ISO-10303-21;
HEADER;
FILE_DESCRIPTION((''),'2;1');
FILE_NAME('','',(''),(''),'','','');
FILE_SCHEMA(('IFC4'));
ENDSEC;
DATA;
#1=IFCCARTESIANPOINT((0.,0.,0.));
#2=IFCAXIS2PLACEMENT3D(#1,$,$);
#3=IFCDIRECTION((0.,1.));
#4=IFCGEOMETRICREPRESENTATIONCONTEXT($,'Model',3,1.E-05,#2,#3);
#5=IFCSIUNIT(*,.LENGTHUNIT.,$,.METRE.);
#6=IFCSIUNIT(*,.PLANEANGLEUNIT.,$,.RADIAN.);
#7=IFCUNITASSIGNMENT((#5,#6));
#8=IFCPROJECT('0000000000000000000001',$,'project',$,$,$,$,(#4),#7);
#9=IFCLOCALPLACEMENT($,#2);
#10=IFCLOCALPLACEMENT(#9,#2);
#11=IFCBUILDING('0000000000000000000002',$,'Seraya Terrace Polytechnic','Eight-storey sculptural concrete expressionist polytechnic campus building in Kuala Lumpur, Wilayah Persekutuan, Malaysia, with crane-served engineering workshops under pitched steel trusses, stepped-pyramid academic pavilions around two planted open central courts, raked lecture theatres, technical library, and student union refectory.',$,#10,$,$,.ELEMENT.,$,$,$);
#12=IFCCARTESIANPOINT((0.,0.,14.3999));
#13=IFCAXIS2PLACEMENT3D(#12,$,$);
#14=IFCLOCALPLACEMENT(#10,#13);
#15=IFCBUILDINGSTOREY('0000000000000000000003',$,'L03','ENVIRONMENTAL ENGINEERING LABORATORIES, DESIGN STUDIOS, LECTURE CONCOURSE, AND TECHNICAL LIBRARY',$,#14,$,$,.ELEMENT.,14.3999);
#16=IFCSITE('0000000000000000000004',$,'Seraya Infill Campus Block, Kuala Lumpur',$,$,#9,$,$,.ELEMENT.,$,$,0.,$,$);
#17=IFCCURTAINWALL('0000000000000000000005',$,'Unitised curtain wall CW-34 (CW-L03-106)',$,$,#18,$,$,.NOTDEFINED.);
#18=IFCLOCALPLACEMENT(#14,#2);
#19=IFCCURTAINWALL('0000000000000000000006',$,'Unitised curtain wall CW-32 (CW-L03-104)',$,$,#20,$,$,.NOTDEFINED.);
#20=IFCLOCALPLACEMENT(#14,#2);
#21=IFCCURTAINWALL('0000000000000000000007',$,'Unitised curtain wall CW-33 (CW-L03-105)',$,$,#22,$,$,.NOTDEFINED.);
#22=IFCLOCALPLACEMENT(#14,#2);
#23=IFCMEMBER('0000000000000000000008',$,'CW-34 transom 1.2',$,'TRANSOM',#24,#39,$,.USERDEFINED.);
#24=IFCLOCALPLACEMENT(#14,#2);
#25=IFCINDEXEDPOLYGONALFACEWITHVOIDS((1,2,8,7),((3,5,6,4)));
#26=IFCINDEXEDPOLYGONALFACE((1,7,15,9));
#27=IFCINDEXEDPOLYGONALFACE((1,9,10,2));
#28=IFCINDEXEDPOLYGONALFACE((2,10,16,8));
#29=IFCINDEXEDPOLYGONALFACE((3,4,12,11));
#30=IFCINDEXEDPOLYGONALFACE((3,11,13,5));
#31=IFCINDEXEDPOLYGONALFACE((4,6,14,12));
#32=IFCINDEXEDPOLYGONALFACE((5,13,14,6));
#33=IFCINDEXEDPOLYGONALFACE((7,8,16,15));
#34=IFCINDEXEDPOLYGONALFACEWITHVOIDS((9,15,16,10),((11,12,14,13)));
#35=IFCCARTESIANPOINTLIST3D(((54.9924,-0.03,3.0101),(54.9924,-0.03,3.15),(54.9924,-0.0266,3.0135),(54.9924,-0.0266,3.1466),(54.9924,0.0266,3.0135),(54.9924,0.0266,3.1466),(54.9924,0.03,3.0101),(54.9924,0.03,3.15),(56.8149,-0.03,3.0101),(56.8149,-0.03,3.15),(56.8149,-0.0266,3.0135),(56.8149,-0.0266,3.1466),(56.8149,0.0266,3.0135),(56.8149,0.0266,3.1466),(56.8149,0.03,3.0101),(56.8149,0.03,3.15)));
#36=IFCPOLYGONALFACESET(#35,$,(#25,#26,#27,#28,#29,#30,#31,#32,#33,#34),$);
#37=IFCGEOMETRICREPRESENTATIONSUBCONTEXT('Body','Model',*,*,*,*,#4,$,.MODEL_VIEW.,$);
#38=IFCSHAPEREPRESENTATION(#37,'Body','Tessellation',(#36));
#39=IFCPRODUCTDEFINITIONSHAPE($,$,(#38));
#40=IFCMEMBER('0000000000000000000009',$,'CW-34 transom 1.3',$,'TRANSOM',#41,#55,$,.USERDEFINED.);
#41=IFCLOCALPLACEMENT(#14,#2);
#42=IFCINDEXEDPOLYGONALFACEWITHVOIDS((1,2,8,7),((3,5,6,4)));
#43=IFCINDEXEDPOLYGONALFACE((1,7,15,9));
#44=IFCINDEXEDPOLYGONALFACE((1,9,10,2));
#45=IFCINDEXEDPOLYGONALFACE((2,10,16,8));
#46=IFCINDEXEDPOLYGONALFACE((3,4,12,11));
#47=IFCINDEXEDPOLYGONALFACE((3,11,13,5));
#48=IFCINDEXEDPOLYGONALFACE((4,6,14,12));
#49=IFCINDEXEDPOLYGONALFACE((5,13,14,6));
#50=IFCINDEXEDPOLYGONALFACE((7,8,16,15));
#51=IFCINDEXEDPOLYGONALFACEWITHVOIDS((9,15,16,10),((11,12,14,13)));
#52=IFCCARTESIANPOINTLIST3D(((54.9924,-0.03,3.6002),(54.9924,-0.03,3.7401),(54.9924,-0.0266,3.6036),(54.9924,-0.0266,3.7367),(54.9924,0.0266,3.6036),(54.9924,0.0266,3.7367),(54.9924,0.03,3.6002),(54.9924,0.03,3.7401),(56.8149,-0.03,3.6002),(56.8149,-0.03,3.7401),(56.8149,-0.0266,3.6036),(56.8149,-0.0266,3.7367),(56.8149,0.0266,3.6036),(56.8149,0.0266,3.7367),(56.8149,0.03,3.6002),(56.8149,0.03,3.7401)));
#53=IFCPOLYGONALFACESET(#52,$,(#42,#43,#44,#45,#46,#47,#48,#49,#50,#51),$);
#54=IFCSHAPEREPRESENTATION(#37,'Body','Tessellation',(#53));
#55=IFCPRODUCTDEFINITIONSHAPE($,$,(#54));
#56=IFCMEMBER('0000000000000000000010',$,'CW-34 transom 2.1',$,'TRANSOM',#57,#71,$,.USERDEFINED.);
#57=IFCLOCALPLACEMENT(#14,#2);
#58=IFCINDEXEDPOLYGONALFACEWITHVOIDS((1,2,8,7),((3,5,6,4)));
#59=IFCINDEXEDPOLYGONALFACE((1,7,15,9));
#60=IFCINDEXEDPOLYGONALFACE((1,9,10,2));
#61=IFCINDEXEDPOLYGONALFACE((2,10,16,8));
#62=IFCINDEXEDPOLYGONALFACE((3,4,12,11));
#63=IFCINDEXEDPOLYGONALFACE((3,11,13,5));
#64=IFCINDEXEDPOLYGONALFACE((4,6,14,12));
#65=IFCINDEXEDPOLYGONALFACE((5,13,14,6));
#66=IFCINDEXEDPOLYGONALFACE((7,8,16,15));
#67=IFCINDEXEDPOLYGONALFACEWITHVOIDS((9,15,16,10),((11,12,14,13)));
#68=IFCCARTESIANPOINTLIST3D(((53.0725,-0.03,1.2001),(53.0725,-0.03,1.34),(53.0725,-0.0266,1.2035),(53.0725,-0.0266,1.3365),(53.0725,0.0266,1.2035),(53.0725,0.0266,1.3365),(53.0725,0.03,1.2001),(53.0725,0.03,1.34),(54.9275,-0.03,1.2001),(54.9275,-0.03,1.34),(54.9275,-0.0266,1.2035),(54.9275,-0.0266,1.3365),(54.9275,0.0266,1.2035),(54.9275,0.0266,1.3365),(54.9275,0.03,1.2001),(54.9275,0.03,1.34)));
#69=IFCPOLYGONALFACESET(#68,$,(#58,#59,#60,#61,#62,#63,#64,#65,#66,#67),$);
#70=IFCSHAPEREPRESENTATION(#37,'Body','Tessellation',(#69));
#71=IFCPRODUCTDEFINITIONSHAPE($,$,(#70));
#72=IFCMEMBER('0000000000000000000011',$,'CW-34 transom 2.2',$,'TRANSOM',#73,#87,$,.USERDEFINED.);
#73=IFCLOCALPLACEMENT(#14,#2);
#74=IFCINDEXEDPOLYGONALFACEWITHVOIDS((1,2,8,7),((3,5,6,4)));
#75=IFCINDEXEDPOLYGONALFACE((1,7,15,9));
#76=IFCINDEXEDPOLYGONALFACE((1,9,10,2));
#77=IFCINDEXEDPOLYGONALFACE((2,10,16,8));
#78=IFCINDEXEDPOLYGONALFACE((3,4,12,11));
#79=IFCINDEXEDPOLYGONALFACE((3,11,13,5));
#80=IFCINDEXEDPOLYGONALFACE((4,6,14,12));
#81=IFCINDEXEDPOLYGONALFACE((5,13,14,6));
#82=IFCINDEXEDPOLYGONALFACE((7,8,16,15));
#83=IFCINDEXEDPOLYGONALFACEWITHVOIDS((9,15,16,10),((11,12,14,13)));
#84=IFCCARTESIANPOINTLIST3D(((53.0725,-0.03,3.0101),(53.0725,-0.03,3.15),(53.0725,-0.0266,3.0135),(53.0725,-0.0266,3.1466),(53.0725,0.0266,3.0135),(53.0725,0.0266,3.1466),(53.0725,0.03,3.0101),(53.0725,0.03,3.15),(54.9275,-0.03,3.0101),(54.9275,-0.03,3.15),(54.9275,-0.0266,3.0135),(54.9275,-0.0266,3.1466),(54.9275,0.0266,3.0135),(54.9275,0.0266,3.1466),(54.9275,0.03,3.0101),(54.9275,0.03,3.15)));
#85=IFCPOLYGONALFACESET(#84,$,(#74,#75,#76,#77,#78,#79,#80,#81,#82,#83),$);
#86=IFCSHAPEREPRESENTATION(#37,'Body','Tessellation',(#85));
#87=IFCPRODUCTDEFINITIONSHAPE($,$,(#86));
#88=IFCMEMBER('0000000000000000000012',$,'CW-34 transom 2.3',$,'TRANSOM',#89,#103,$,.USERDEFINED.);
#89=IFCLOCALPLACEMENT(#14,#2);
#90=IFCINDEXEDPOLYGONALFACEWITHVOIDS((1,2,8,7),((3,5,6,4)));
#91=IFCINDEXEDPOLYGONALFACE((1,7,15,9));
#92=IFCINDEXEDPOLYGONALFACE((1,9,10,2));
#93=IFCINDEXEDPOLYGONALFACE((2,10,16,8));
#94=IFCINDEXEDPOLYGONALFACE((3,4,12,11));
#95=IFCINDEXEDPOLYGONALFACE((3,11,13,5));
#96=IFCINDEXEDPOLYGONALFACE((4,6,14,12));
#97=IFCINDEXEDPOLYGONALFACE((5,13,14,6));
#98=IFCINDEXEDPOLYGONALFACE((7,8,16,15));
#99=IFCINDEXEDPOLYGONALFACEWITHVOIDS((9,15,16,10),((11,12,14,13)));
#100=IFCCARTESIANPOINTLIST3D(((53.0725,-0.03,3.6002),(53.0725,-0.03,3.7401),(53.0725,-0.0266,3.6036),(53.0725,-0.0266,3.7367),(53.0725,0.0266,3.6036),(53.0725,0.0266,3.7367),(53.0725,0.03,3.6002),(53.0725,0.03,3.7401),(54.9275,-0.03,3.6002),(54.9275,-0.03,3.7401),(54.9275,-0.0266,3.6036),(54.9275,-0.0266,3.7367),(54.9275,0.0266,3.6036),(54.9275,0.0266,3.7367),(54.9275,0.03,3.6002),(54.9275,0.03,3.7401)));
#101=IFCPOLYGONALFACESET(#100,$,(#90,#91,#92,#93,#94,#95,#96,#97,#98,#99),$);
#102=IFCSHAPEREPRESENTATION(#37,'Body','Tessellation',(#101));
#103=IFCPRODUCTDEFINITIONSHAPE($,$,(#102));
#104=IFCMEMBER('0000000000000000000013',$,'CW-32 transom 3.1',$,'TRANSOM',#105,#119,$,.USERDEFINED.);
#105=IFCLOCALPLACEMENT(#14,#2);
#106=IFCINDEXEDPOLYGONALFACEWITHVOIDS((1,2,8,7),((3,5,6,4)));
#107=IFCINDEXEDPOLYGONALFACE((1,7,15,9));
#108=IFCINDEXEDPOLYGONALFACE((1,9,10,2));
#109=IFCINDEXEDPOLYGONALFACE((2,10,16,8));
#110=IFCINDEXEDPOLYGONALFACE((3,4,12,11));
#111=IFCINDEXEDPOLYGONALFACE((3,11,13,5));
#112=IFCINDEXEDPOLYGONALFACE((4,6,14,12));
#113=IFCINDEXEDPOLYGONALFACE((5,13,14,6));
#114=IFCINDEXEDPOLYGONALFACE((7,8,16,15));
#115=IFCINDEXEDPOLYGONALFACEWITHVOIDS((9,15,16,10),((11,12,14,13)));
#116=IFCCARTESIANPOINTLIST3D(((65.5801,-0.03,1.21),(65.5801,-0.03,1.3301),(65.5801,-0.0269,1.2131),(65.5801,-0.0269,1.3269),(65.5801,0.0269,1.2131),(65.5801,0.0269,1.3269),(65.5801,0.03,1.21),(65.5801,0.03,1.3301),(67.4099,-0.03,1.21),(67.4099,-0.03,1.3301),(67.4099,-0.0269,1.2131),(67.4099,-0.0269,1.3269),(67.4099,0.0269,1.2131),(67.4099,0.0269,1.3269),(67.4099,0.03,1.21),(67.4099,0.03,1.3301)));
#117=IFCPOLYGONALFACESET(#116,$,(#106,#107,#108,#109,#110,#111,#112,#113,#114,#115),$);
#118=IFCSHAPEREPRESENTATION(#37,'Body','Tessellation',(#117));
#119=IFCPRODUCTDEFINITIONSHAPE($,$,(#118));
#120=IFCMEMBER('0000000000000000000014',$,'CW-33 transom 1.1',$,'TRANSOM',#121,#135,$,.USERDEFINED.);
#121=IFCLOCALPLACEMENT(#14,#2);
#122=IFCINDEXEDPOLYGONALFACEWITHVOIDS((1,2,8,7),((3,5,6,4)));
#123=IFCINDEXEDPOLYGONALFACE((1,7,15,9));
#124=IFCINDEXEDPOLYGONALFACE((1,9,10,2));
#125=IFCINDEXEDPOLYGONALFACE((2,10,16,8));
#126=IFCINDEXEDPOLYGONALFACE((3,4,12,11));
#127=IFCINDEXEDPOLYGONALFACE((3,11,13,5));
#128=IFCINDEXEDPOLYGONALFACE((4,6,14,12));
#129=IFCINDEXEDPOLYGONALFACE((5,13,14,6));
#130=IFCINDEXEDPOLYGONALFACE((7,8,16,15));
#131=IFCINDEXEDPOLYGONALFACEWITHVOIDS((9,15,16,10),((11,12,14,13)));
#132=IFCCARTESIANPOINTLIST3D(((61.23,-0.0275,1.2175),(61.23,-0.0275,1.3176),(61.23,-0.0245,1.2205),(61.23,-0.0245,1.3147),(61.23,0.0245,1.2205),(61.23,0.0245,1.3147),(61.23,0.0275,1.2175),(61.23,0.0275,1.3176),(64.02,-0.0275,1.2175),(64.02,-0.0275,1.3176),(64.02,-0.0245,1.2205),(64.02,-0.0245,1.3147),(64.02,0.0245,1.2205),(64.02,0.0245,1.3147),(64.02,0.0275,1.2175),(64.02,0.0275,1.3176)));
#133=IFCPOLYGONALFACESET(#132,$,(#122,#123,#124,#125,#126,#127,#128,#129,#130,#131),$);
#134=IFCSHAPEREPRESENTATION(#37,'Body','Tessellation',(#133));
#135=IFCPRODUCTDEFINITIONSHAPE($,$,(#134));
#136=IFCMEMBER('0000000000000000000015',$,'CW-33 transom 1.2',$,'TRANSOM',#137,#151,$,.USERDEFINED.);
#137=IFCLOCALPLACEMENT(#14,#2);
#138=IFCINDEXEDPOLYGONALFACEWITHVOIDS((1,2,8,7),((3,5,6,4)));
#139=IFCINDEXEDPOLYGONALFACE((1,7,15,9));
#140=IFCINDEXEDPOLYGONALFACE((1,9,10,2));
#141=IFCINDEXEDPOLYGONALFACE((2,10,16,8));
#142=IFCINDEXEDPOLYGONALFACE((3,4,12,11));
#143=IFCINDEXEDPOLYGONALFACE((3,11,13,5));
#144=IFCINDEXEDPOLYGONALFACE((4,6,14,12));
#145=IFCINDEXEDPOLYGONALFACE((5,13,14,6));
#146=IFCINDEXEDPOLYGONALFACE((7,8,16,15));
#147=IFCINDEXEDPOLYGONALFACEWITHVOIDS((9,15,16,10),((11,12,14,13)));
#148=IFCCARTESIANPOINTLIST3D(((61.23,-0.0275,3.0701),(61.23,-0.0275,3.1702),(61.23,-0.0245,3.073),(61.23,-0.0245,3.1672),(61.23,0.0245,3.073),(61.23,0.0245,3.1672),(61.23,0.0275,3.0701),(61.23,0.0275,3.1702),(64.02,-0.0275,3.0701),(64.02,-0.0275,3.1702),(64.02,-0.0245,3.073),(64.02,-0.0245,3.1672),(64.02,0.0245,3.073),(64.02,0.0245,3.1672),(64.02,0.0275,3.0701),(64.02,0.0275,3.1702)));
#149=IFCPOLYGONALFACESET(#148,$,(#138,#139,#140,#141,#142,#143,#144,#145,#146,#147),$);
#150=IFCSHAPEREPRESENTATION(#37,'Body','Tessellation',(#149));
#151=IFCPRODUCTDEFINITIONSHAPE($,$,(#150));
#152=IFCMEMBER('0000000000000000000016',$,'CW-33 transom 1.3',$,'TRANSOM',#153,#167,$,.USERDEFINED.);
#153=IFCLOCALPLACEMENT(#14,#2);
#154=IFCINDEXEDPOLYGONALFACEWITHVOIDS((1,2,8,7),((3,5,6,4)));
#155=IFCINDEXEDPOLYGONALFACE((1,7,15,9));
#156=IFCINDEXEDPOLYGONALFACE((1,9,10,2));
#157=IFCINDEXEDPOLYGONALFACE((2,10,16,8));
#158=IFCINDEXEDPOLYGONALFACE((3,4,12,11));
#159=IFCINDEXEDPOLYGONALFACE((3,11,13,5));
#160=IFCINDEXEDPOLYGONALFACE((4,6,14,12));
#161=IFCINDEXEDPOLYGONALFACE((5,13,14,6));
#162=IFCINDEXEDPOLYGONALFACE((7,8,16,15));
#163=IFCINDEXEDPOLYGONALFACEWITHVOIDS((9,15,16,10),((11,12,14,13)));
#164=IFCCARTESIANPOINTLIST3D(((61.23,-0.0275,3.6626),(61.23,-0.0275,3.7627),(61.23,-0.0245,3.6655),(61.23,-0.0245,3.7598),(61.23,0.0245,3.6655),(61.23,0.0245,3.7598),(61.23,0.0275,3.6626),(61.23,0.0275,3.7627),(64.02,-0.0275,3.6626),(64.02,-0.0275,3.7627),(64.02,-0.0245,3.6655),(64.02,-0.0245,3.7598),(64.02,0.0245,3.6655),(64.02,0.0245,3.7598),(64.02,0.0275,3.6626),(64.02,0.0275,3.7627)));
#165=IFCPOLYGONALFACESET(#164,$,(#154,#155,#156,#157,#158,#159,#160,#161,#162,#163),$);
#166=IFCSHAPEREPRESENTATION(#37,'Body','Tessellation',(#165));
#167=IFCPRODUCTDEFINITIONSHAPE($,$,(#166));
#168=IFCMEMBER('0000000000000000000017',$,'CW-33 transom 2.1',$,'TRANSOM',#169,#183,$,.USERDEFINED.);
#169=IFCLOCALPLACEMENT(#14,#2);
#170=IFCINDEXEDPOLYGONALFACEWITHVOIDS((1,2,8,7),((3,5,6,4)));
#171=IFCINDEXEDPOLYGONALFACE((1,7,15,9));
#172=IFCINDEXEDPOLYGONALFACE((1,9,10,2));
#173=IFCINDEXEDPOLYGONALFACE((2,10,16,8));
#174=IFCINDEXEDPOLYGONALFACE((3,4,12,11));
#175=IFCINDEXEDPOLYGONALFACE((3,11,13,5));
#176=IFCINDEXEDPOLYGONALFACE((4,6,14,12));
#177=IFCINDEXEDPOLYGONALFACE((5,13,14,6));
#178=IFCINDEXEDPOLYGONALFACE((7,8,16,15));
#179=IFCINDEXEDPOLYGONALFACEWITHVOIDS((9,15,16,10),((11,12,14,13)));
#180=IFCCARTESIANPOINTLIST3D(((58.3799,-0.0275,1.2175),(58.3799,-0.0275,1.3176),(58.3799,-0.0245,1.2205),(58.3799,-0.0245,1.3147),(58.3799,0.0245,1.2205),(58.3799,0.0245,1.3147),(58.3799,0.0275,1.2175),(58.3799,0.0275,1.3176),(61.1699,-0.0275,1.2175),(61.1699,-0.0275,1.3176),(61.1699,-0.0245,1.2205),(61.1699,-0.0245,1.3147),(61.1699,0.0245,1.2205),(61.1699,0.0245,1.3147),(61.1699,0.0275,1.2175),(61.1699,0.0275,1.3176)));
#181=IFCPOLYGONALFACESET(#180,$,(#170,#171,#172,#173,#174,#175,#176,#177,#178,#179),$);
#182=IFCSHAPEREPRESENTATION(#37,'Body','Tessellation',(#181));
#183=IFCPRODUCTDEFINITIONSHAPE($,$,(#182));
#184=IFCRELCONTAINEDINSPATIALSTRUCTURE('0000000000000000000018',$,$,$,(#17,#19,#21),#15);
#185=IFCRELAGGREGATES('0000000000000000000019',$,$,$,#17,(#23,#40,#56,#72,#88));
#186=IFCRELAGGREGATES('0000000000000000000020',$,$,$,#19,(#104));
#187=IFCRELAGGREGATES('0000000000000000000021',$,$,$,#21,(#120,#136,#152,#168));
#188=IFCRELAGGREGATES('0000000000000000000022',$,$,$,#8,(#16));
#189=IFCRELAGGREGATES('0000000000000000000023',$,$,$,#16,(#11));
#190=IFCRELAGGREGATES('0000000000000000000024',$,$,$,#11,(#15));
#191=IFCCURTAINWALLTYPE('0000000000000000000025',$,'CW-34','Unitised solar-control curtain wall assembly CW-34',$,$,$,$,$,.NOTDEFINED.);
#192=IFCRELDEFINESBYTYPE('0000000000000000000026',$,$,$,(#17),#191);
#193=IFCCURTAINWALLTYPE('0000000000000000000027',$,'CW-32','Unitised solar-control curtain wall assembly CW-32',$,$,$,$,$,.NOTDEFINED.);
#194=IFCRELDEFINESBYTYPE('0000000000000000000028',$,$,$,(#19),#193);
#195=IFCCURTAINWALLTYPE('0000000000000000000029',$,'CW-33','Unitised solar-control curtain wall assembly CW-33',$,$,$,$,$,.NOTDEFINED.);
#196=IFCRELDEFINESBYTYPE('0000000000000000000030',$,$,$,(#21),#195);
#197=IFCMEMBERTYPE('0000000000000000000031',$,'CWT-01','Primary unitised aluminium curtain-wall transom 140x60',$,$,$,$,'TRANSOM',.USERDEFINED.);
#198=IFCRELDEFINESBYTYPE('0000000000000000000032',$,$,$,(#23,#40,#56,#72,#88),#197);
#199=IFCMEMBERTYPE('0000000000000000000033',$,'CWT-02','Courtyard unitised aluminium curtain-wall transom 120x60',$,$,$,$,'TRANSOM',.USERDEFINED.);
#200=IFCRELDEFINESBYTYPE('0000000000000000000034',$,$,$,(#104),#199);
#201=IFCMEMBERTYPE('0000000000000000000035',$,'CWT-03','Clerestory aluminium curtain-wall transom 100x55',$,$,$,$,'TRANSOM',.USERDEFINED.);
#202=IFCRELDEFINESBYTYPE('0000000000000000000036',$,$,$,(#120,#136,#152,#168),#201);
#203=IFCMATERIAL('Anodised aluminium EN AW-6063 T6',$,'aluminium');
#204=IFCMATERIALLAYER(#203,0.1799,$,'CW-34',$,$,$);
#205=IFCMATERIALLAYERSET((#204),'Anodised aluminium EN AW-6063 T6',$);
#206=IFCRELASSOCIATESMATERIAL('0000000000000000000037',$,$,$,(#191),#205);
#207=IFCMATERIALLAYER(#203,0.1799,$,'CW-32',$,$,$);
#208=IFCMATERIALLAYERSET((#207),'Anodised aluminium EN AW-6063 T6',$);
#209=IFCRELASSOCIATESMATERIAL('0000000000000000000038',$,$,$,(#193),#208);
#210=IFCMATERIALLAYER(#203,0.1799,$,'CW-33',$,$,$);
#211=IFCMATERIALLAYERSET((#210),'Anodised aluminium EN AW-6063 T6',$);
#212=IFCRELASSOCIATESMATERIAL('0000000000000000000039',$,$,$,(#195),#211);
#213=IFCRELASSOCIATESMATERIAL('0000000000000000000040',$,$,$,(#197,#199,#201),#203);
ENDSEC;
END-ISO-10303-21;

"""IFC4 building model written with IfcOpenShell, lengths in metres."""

from ifc_helpers import new_model, si_unit, direction, frame, origin, origin_2d, place, context, subcontext, project, spatial, hollow_rectangle, extrude, material, layer, layer_set, material_profile, profile_set, type_object, element, aggregate, save


model = new_model("IFC4")

# Units and contexts
model_context = context("Model", 3, precision=1e-05, world=origin(), true_north=direction((0.0, 1.0)))
body_context = subcontext(model_context, "Body", "Model", "MODEL_VIEW")
ifc_project = project(units=[si_unit("LENGTHUNIT", "METRE"), si_unit("PLANEANGLEUNIT", "RADIAN")], contexts=[model_context])

# Site, building, storey
site_placement = place(None, origin())
site = spatial("IfcSite", under=ifc_project, at=site_placement, Name="Seraya Infill Campus Block, Kuala Lumpur", CompositionType="ELEMENT", RefElevation=0.0)
building_placement = place(site_placement, origin())
building = spatial("IfcBuilding", under=site, at=building_placement, Name="Seraya Terrace Polytechnic", Description="Eight-storey sculptural concrete expressionist polytechnic campus building in Kuala Lumpur, Wilayah Persekutuan, Malaysia, with crane-served engineering workshops under pitched steel trusses, stepped-pyramid academic pavilions around two planted open central courts, raked lecture theatres, technical library, and student union refectory.", CompositionType="ELEMENT")
storey_placement = place(building_placement, frame((0.0, 0.0, 14.3999)))
storey = spatial("IfcBuildingStorey", under=building, at=storey_placement, Name="L03", Description="ENVIRONMENTAL ENGINEERING LABORATORIES, DESIGN STUDIOS, LECTURE CONCOURSE, AND TECHNICAL LIBRARY", CompositionType="ELEMENT", Elevation=14.3999)

# Curtain wall
ifc_material_1 = material(Name="Anodised aluminium EN AW-6063 T6", Category="aluminium")
ifc_layer_1 = layer(ifc_material_1, 0.1799, Name="CW-34")
ifc_layer_set_1 = layer_set([ifc_layer_1], Name="Anodised aluminium EN AW-6063 T6")
curtain_wall_type_1 = type_object("IfcCurtainWallType", Name="CW-34", Description="Unitised solar-control curtain wall assembly CW-34", PredefinedType="NOTDEFINED", material=ifc_layer_set_1)
curtain_wall_1_placement = place(storey_placement, origin())
curtain_wall_1 = element("IfcCurtainWall", 1, at=curtain_wall_1_placement, inside=storey, type_object=curtain_wall_type_1, Name="Unitised curtain wall CW-34 (CW-L03-106)", PredefinedType="NOTDEFINED")

# Curtain wall
ifc_layer_2 = layer(ifc_material_1, 0.1799, Name="CW-32")
ifc_layer_set_2 = layer_set([ifc_layer_2], Name="Anodised aluminium EN AW-6063 T6")
curtain_wall_type_2 = type_object("IfcCurtainWallType", Name="CW-32", Description="Unitised solar-control curtain wall assembly CW-32", PredefinedType="NOTDEFINED", material=ifc_layer_set_2)
curtain_wall_2_placement = place(storey_placement, origin())
curtain_wall_2 = element("IfcCurtainWall", 2, at=curtain_wall_2_placement, inside=storey, type_object=curtain_wall_type_2, Name="Unitised curtain wall CW-32 (CW-L03-104)", PredefinedType="NOTDEFINED")

# Curtain wall
ifc_layer_3 = layer(ifc_material_1, 0.1799, Name="CW-33")
ifc_layer_set_3 = layer_set([ifc_layer_3], Name="Anodised aluminium EN AW-6063 T6")
curtain_wall_type_3 = type_object("IfcCurtainWallType", Name="CW-33", Description="Unitised solar-control curtain wall assembly CW-33", PredefinedType="NOTDEFINED", material=ifc_layer_set_3)
curtain_wall_3_placement = place(storey_placement, origin())
curtain_wall_3 = element("IfcCurtainWall", 3, at=curtain_wall_3_placement, inside=storey, type_object=curtain_wall_type_3, Name="Unitised curtain wall CW-33 (CW-L03-105)", PredefinedType="NOTDEFINED")

# Members
ifc_material_profile_1 = material_profile(ifc_material_1, hollow_rectangle(XDim=0.0601, YDim=0.1399, WallThickness=0.0034, at=origin_2d()), Name="RHS 140x60x3.5")
ifc_profile_set_1 = profile_set([ifc_material_profile_1], Name="Anodised aluminium EN AW-6063 T6")
member_type_1 = type_object("IfcMemberType", Name="CWT-01", Description="Primary unitised aluminium curtain-wall transom 140x60", ElementType="TRANSOM", PredefinedType="USERDEFINED", material=ifc_profile_set_1)
member_1_placement = place(storey_placement, frame((56.8149, 0.0, 3.0801), z_axis=(-1.0, 0.0, 0.0), x_axis=(0.0, -1.0, 0.0)))
member_1 = element("IfcMember", 4, at=member_1_placement, type_object=member_type_1, Name="CW-34 transom 1.2", ObjectType="TRANSOM", PredefinedType="USERDEFINED", context=body_context, shape_type="SweptSolid", body=[
    extrude(hollow_rectangle(XDim=0.0601, YDim=0.1399, WallThickness=0.0034, at=origin_2d()), origin(), (0.0, 0.0, 1.0), 1.8225),
])
member_2_placement = place(storey_placement, frame((56.8149, 0.0, 3.6702), z_axis=(-1.0, 0.0, 0.0), x_axis=(0.0, -1.0, 0.0)))
member_2 = element("IfcMember", 5, at=member_2_placement, type_object=member_type_1, Name="CW-34 transom 1.3", ObjectType="TRANSOM", PredefinedType="USERDEFINED", context=body_context, shape_type="SweptSolid", body=[
    extrude(hollow_rectangle(XDim=0.0601, YDim=0.1399, WallThickness=0.0034, at=origin_2d()), origin(), (0.0, 0.0, 1.0), 1.8225),
])
member_3_placement = place(storey_placement, frame((54.9275, 0.0, 1.27), z_axis=(-1.0, 0.0, 0.0), x_axis=(0.0, -1.0, 0.0)))
member_3 = element("IfcMember", 6, at=member_3_placement, type_object=member_type_1, Name="CW-34 transom 2.1", ObjectType="TRANSOM", PredefinedType="USERDEFINED", context=body_context, shape_type="SweptSolid", body=[
    extrude(hollow_rectangle(XDim=0.0601, YDim=0.1399, WallThickness=0.0034, at=origin_2d()), origin(), (0.0, 0.0, 1.0), 1.855),
])
member_4_placement = place(storey_placement, frame((54.9275, 0.0, 3.0801), z_axis=(-1.0, 0.0, 0.0), x_axis=(0.0, -1.0, 0.0)))
member_4 = element("IfcMember", 7, at=member_4_placement, type_object=member_type_1, Name="CW-34 transom 2.2", ObjectType="TRANSOM", PredefinedType="USERDEFINED", context=body_context, shape_type="SweptSolid", body=[
    extrude(hollow_rectangle(XDim=0.0601, YDim=0.1399, WallThickness=0.0034, at=origin_2d()), origin(), (0.0, 0.0, 1.0), 1.855),
])
member_5_placement = place(storey_placement, frame((54.9275, 0.0, 3.6702), z_axis=(-1.0, 0.0, 0.0), x_axis=(0.0, -1.0, 0.0)))
member_5 = element("IfcMember", 8, at=member_5_placement, type_object=member_type_1, Name="CW-34 transom 2.3", ObjectType="TRANSOM", PredefinedType="USERDEFINED", context=body_context, shape_type="SweptSolid", body=[
    extrude(hollow_rectangle(XDim=0.0601, YDim=0.1399, WallThickness=0.0034, at=origin_2d()), origin(), (0.0, 0.0, 1.0), 1.855),
])
ifc_material_profile_2 = material_profile(ifc_material_1, hollow_rectangle(XDim=0.0601, YDim=0.1201, WallThickness=0.0032, at=origin_2d()), Name="RHS 120x60x3.2")
ifc_profile_set_2 = profile_set([ifc_material_profile_2], Name="Anodised aluminium EN AW-6063 T6")
member_type_2 = type_object("IfcMemberType", Name="CWT-02", Description="Courtyard unitised aluminium curtain-wall transom 120x60", ElementType="TRANSOM", PredefinedType="USERDEFINED", material=ifc_profile_set_2)
member_6_placement = place(storey_placement, frame((67.4099, 0.0, 1.27), z_axis=(-1.0, 0.0, 0.0), x_axis=(0.0, -1.0, 0.0)))
member_6 = element("IfcMember", 9, at=member_6_placement, type_object=member_type_2, Name="CW-32 transom 3.1", ObjectType="TRANSOM", PredefinedType="USERDEFINED", context=body_context, shape_type="SweptSolid", body=[
    extrude(hollow_rectangle(XDim=0.0601, YDim=0.1201, WallThickness=0.0032, at=origin_2d()), origin(), (0.0, 0.0, 1.0), 1.8298),
])
ifc_material_profile_3 = material_profile(ifc_material_1, hollow_rectangle(XDim=0.0549, YDim=0.1001, WallThickness=0.0029, at=origin_2d()), Name="RHS 100x55x3.0")
ifc_profile_set_3 = profile_set([ifc_material_profile_3], Name="Anodised aluminium EN AW-6063 T6")
member_type_3 = type_object("IfcMemberType", Name="CWT-03", Description="Clerestory aluminium curtain-wall transom 100x55", ElementType="TRANSOM", PredefinedType="USERDEFINED", material=ifc_profile_set_3)
member_7_placement = place(storey_placement, frame((64.02, 0.0, 1.2676), z_axis=(-1.0, 0.0, 0.0), x_axis=(0.0, -1.0, 0.0)))
member_7 = element("IfcMember", 10, at=member_7_placement, type_object=member_type_3, Name="CW-33 transom 1.1", ObjectType="TRANSOM", PredefinedType="USERDEFINED", context=body_context, shape_type="SweptSolid", body=[
    extrude(hollow_rectangle(XDim=0.0549, YDim=0.1001, WallThickness=0.0029, at=origin_2d()), origin(), (0.0, 0.0, 1.0), 2.79),
])
member_8_placement = place(storey_placement, frame((64.02, 0.0, 3.1201), z_axis=(-1.0, 0.0, 0.0), x_axis=(0.0, -1.0, 0.0)))
member_8 = element("IfcMember", 11, at=member_8_placement, type_object=member_type_3, Name="CW-33 transom 1.2", ObjectType="TRANSOM", PredefinedType="USERDEFINED", context=body_context, shape_type="SweptSolid", body=[
    extrude(hollow_rectangle(XDim=0.0549, YDim=0.1001, WallThickness=0.0029, at=origin_2d()), origin(), (0.0, 0.0, 1.0), 2.79),
])
member_9_placement = place(storey_placement, frame((64.02, 0.0, 3.7126), z_axis=(-1.0, 0.0, 0.0), x_axis=(0.0, -1.0, 0.0)))
member_9 = element("IfcMember", 12, at=member_9_placement, type_object=member_type_3, Name="CW-33 transom 1.3", ObjectType="TRANSOM", PredefinedType="USERDEFINED", context=body_context, shape_type="SweptSolid", body=[
    extrude(hollow_rectangle(XDim=0.0549, YDim=0.1001, WallThickness=0.0029, at=origin_2d()), origin(), (0.0, 0.0, 1.0), 2.79),
])
member_10_placement = place(storey_placement, frame((61.1699, 0.0, 1.2676), z_axis=(-1.0, 0.0, 0.0), x_axis=(0.0, -1.0, 0.0)))
member_10 = element("IfcMember", 13, at=member_10_placement, type_object=member_type_3, Name="CW-33 transom 2.1", ObjectType="TRANSOM", PredefinedType="USERDEFINED", context=body_context, shape_type="SweptSolid", body=[
    extrude(hollow_rectangle(XDim=0.0549, YDim=0.1001, WallThickness=0.0029, at=origin_2d()), origin(), (0.0, 0.0, 1.0), 2.79),
])

aggregate(curtain_wall_1, [member_1, member_2, member_3, member_4, member_5])
aggregate(curtain_wall_2, [member_6])
aggregate(curtain_wall_3, [member_7, member_8, member_9, member_10])

save(model, "model.ifc")
